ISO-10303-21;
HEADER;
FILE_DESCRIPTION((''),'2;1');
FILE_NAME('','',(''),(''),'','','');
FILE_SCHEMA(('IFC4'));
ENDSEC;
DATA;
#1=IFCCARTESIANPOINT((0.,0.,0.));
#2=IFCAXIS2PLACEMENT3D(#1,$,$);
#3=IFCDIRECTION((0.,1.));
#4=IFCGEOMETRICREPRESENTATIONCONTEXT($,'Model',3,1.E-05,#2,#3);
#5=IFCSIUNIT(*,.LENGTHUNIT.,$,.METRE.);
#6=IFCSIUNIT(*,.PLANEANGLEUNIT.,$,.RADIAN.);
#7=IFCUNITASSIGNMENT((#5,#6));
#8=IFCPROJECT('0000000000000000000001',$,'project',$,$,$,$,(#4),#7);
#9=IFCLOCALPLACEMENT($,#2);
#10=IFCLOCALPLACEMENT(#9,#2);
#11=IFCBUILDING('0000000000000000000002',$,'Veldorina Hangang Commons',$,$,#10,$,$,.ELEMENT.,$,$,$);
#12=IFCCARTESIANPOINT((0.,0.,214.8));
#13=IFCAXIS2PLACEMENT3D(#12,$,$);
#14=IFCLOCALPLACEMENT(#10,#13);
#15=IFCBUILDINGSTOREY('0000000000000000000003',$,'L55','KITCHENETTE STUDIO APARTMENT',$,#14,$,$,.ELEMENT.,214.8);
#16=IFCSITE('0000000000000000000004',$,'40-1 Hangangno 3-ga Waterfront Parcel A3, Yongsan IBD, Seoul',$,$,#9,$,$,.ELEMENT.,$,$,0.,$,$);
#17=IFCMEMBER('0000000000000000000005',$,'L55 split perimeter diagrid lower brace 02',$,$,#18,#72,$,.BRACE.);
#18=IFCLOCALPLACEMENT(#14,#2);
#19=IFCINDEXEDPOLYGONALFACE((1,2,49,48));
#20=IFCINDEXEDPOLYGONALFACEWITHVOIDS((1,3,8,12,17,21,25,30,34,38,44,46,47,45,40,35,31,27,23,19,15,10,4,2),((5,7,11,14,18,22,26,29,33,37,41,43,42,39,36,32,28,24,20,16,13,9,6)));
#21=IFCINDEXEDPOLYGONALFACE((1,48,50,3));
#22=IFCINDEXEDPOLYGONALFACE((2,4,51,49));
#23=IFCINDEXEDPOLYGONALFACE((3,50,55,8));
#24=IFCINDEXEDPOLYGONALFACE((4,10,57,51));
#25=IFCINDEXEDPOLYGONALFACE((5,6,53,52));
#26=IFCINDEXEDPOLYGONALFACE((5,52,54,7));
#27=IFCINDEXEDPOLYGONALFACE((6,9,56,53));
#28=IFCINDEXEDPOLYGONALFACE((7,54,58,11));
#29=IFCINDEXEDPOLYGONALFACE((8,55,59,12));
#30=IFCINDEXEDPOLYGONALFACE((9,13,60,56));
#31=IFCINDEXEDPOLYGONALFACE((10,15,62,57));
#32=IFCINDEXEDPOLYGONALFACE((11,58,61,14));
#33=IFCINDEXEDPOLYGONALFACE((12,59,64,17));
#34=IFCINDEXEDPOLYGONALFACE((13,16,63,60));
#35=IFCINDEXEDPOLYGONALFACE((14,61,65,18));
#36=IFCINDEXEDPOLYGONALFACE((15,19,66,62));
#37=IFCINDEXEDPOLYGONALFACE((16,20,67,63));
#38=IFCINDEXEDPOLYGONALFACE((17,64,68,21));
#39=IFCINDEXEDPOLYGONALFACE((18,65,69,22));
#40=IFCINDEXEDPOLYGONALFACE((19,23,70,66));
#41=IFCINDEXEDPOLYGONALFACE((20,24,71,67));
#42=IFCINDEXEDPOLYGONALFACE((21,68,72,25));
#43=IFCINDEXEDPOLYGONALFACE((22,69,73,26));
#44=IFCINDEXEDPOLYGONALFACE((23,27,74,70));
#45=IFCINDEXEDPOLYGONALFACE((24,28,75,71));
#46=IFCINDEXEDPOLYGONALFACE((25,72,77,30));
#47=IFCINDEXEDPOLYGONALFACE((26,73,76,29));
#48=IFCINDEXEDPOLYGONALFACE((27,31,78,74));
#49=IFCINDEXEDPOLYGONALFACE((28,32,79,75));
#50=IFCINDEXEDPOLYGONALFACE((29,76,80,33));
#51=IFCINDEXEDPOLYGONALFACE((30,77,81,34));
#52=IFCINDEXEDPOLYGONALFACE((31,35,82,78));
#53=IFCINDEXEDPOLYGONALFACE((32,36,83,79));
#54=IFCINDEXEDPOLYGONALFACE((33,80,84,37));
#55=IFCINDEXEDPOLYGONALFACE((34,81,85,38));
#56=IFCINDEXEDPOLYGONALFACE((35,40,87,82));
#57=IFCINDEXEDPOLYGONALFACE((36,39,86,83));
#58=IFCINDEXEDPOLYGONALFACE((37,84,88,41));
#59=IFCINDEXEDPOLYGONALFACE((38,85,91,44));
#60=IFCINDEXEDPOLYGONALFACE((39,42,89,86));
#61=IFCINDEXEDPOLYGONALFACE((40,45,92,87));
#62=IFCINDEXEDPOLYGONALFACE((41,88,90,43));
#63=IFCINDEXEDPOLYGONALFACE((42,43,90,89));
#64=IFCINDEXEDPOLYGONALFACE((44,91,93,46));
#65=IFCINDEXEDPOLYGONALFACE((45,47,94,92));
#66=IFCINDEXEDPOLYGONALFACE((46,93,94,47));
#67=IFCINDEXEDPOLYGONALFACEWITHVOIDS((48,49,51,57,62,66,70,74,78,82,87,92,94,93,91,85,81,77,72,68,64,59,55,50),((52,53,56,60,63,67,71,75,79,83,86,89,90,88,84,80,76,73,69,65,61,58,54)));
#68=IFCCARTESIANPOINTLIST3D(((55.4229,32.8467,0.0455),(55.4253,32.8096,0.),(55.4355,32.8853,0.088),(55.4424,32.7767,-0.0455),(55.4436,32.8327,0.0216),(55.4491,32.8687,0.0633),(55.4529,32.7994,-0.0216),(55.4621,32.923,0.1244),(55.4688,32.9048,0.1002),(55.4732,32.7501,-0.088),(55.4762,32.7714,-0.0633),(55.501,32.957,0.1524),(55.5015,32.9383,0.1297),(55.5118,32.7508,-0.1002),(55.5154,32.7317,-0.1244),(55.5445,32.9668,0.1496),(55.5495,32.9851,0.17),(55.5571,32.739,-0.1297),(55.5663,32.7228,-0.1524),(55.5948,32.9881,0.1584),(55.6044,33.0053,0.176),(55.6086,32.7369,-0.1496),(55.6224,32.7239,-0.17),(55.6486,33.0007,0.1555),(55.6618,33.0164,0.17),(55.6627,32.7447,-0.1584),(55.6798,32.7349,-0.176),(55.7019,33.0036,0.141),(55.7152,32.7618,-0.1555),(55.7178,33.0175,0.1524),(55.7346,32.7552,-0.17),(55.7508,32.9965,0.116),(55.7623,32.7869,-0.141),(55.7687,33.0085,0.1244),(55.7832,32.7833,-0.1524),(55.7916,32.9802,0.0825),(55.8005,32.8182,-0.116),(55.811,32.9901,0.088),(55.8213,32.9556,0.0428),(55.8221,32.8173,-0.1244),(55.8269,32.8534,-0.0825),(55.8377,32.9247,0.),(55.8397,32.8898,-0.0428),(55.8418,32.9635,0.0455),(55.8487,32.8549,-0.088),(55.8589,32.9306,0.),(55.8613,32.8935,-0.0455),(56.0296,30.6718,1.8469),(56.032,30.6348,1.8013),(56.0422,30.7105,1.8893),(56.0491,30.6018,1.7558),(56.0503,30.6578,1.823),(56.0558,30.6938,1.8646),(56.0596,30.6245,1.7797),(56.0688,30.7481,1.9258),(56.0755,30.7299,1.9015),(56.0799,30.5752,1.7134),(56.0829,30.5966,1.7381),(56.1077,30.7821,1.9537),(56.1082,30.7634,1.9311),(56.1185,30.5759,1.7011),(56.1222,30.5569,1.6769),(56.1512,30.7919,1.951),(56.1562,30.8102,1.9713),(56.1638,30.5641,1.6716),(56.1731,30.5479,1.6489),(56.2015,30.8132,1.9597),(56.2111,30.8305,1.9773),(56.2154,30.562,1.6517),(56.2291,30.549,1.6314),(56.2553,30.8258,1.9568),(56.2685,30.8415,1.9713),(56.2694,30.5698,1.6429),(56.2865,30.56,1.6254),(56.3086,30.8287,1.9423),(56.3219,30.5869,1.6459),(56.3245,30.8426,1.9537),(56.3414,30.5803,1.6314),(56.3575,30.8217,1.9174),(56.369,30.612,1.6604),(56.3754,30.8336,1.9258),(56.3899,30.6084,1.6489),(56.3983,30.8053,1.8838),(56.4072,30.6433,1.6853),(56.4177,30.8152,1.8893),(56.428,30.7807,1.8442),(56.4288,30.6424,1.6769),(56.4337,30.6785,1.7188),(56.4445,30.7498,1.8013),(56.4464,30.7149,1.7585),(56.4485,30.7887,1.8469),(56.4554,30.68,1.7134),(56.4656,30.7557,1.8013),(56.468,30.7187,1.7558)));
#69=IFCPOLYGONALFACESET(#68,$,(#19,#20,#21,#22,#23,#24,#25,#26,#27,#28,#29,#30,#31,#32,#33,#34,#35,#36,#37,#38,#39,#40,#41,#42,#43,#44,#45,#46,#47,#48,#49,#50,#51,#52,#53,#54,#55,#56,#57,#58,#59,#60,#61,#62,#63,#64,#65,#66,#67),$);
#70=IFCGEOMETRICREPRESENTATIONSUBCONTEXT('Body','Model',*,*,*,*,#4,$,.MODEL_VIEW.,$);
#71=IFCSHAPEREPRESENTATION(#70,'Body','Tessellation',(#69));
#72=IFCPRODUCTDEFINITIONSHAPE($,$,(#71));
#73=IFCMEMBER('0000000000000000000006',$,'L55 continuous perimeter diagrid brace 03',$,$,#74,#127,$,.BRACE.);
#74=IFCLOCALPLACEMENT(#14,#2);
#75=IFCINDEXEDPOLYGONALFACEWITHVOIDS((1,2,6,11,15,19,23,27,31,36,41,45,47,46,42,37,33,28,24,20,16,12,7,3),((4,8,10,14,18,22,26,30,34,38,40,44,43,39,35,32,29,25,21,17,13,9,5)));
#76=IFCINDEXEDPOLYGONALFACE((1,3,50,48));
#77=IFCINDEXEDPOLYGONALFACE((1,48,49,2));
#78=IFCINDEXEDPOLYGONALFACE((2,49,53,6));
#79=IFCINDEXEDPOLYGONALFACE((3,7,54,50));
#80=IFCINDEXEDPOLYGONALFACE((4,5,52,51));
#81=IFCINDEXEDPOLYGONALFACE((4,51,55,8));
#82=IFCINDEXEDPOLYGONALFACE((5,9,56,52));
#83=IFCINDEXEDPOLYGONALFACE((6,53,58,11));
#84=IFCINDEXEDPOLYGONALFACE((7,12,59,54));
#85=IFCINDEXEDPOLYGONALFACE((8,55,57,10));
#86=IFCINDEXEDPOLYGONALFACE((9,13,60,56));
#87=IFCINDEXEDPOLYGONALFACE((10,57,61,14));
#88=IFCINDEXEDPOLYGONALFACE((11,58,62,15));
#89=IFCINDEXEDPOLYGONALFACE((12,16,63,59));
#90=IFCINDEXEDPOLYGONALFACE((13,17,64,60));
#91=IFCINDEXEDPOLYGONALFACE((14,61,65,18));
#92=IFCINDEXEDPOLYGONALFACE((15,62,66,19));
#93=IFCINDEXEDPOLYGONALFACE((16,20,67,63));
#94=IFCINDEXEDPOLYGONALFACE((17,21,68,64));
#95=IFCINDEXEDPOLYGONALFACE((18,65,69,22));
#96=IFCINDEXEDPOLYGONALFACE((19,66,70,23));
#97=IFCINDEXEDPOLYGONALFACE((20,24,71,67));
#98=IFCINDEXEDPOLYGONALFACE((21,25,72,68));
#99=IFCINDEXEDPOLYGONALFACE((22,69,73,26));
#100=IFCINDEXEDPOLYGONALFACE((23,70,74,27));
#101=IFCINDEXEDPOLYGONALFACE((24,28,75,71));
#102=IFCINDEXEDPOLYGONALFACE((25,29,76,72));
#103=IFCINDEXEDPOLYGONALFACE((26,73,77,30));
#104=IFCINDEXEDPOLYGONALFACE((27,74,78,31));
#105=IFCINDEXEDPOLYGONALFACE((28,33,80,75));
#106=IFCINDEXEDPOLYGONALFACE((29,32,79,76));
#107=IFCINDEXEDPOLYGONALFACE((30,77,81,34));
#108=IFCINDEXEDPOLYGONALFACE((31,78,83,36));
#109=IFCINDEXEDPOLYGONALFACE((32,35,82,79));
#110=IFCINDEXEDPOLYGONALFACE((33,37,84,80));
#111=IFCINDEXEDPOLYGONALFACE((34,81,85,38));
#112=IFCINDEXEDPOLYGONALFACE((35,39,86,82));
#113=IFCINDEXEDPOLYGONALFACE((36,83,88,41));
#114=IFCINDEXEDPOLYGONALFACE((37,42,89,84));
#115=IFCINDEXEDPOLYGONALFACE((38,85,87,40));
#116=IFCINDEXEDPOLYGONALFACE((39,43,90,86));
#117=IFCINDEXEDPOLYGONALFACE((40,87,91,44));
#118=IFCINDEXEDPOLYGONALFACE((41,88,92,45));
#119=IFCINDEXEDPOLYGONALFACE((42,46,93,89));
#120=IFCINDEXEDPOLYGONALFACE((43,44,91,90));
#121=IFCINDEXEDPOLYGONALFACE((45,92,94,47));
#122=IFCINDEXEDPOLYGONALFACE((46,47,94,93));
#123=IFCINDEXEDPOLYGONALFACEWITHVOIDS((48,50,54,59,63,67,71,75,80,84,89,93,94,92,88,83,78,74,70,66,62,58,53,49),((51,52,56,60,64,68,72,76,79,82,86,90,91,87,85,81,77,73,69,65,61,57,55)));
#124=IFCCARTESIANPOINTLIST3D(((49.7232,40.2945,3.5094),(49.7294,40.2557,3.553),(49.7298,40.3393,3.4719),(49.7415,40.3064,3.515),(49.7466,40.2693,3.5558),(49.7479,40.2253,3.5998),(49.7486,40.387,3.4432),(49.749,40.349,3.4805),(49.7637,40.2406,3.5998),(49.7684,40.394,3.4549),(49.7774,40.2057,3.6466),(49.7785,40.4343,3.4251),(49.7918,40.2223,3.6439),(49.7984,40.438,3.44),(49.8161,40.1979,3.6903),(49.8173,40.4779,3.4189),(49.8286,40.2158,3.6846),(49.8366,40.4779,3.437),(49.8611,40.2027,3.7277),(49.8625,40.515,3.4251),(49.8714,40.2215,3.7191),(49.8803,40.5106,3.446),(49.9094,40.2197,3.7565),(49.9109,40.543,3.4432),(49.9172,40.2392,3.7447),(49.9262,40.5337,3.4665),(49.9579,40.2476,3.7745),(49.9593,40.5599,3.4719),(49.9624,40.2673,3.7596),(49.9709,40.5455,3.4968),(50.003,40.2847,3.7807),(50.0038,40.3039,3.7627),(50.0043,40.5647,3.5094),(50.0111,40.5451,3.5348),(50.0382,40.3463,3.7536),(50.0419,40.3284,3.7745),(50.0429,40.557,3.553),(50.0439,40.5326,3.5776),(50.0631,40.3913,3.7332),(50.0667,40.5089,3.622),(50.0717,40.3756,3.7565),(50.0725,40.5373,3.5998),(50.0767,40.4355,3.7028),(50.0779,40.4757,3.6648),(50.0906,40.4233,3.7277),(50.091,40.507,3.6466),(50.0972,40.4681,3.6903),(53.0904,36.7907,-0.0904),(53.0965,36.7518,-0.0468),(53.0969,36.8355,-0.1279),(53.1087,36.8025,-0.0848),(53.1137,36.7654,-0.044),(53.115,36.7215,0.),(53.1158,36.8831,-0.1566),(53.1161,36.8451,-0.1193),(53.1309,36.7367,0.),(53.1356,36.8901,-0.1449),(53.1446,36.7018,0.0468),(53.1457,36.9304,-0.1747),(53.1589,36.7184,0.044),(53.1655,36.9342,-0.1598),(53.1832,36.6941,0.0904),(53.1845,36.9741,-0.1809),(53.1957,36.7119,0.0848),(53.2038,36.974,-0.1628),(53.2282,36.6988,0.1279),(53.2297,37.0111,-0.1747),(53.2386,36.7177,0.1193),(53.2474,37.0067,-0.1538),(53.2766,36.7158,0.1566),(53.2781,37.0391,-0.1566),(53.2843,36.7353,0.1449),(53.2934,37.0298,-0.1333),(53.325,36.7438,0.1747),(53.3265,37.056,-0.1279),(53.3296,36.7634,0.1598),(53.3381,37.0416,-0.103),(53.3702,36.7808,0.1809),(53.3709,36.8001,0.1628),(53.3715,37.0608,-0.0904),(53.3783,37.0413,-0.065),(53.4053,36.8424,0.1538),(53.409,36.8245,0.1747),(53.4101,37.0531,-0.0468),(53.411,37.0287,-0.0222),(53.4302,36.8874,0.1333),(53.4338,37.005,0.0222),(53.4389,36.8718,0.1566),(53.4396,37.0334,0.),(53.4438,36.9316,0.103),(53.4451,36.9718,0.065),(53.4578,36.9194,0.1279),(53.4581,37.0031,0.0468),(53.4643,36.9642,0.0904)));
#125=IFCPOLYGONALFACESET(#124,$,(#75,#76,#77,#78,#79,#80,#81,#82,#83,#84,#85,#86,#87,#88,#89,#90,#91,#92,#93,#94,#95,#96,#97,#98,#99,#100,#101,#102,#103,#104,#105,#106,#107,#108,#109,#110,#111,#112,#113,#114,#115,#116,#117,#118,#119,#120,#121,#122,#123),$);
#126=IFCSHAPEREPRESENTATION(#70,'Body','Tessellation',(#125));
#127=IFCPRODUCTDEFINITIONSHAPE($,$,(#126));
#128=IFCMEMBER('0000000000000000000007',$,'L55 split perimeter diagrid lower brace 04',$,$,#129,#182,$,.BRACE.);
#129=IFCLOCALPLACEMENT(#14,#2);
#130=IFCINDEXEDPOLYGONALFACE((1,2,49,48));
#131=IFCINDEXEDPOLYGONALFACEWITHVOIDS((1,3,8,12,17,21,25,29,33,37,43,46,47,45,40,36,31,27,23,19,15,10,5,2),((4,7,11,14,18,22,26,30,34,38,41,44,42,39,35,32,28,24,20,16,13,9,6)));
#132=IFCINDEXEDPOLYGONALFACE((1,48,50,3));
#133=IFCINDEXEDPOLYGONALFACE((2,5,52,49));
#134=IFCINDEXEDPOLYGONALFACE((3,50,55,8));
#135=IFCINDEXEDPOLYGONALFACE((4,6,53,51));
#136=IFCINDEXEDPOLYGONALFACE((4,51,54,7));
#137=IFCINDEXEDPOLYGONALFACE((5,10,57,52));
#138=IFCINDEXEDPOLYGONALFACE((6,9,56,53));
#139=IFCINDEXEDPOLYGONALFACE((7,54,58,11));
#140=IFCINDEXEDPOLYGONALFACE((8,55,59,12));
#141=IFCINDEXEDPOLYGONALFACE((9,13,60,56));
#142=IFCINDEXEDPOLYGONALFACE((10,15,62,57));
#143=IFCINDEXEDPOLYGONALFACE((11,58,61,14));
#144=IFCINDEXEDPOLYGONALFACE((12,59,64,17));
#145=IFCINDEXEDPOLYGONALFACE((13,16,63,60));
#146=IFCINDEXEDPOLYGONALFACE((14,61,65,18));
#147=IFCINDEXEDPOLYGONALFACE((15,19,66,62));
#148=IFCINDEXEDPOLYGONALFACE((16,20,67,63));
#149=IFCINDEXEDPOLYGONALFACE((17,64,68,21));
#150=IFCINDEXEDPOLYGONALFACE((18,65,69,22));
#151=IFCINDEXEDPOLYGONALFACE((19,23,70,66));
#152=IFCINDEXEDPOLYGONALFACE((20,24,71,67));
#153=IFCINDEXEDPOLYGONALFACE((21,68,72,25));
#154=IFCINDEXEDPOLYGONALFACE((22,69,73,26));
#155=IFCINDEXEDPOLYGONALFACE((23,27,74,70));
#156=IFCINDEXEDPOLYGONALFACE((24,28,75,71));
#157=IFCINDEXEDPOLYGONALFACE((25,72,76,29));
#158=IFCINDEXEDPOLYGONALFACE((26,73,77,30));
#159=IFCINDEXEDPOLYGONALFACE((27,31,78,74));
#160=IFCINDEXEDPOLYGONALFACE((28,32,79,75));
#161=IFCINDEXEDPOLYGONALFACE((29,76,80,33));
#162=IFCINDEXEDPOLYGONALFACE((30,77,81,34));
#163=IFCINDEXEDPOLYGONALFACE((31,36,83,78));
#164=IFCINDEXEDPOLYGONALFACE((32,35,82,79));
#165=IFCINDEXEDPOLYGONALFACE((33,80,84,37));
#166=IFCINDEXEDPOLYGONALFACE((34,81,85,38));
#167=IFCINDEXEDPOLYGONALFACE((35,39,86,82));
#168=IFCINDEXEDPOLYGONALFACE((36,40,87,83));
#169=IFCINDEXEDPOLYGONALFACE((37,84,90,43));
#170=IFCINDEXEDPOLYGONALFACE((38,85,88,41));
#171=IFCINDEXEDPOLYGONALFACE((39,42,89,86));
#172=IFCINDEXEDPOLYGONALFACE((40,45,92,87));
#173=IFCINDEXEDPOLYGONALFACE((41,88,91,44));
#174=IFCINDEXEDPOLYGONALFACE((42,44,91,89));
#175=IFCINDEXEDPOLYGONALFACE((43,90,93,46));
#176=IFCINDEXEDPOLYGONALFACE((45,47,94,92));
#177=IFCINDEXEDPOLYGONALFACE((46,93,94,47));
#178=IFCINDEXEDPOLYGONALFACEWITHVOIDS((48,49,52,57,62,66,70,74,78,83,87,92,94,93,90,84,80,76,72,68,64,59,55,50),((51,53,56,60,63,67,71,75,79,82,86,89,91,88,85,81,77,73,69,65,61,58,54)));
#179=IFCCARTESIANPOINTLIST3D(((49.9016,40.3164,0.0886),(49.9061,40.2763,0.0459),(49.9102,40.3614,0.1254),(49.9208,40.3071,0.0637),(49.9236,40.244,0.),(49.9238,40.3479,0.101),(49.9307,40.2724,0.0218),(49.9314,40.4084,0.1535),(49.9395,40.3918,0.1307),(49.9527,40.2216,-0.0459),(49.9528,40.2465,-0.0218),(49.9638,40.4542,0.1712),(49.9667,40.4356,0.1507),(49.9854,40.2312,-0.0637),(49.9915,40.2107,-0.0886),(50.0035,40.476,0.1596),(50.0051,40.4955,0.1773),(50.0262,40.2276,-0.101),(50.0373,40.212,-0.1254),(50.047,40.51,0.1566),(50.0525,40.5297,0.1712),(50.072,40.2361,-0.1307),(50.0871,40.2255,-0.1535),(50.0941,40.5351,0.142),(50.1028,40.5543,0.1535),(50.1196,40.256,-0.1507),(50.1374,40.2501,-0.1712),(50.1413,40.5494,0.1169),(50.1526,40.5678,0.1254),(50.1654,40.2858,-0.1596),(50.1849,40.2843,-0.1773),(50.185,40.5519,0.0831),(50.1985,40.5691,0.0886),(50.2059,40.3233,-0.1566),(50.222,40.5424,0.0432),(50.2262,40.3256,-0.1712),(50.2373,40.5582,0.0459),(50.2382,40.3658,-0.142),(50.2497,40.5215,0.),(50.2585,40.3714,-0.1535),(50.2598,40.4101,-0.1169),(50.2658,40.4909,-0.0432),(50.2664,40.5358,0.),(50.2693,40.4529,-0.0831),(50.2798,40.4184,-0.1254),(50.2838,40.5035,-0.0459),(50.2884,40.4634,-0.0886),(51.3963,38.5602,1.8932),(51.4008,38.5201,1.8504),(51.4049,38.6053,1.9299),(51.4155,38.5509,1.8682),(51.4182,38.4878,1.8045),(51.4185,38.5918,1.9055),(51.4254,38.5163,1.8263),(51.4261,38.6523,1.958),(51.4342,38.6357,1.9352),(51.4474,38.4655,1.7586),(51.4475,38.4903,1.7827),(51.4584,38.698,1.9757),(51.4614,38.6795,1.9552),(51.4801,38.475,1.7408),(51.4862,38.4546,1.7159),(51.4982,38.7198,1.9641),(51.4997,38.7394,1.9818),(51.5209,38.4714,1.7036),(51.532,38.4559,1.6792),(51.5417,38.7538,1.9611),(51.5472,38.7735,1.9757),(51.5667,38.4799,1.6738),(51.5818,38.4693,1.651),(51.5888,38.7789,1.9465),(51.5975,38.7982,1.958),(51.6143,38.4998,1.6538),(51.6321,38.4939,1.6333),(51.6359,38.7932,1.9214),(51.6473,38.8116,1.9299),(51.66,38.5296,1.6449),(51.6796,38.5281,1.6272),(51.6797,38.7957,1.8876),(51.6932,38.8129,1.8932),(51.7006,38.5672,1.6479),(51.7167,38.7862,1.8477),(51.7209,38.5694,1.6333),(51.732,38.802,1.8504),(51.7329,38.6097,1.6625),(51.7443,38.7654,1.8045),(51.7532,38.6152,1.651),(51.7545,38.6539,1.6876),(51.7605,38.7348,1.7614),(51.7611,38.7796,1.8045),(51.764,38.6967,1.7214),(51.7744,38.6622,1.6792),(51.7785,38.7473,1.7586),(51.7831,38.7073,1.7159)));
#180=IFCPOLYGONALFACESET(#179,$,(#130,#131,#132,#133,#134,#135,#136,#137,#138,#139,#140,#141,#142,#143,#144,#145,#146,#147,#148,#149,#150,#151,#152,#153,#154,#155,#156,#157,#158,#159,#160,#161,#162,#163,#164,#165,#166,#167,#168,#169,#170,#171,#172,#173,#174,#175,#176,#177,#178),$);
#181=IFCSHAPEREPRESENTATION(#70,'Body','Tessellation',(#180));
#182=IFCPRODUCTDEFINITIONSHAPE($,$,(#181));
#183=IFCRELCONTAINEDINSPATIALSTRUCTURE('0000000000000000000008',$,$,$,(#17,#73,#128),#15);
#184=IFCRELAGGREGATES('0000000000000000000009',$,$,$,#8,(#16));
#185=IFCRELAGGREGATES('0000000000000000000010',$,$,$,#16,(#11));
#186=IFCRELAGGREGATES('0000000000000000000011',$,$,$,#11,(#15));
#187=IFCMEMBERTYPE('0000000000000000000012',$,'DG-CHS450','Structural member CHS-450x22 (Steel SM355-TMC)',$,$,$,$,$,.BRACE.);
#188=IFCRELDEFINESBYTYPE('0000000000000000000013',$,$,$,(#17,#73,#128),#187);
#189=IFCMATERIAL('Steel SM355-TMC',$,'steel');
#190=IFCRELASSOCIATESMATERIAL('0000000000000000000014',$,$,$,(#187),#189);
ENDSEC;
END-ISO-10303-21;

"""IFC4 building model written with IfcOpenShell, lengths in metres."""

from ifc_helpers import new_model, si_unit, direction, frame, origin, origin_2d, place, context, subcontext, project, spatial, hollow_circle, extrude, material, material_profile, profile_set, type_object, element, save


model = new_model("IFC4")

# Units and contexts
model_context = context("Model", 3, precision=1e-05, world=origin(), true_north=direction((0.0, 1.0)))
body_context = subcontext(model_context, "Body", "Model", "MODEL_VIEW")
ifc_project = project(units=[si_unit("LENGTHUNIT", "METRE"), si_unit("PLANEANGLEUNIT", "RADIAN")], contexts=[model_context])

# Site, building, storey
site_placement = place(None, origin())
site = spatial("IfcSite", under=ifc_project, at=site_placement, Name="40-1 Hangangno 3-ga Waterfront Parcel A3, Yongsan IBD, Seoul", CompositionType="ELEMENT", RefElevation=0.0)
building_placement = place(site_placement, origin())
building = spatial("IfcBuilding", under=site, at=building_placement, Name="Veldorina Hangang Commons", CompositionType="ELEMENT")
storey_placement = place(building_placement, frame((0.0, 0.0, 214.8)))
storey = spatial("IfcBuildingStorey", under=building, at=storey_placement, Name="L55", Description="KITCHENETTE STUDIO APARTMENT", CompositionType="ELEMENT", Elevation=214.8)

# Shared definitions
ifc_material_1 = material(Name="Steel SM355-TMC", Category="steel")

# Members
ifc_material_profile_1 = material_profile(ifc_material_1, hollow_circle(Radius=0.2251, WallThickness=0.022, at=origin_2d()), Name="CHS-450x22")
ifc_profile_set_1 = profile_set([ifc_material_profile_1], Name="Steel SM355-TMC")
member_type_1 = type_object("IfcMemberType", Name="DG-CHS450", Description="Structural member CHS-450x22 (Steel SM355-TMC)", PredefinedType="BRACE", material=ifc_profile_set_1)
member_1_placement = place(storey_placement, frame((55.6421, 32.8701, 0.0), z_axis=(0.210049, -0.752964, 0.623638), x_axis=(0.963223, 0.268703, 0.0)))
element("IfcMember", 1, at=member_1_placement, inside=storey, type_object=member_type_1, Name="L55 split perimeter diagrid lower brace 02", PredefinedType="BRACE", context=body_context, shape_type="SweptSolid", body=[
    extrude(hollow_circle(Radius=0.2251, WallThickness=0.022, at=origin_2d()), origin(), (0.0, 0.0, 1.0), 2.8884),
])
member_2_placement = place(storey_placement, frame((53.2773, 36.8774, 0.0), z_axis=(-0.556775, 0.579382, 0.595247), x_axis=(-0.721034, -0.6929, 0.0)))
element("IfcMember", 2, at=member_2_placement, inside=storey, type_object=member_type_1, Name="L55 continuous perimeter diagrid brace 03", PredefinedType="BRACE", context=body_context, shape_type="SweptSolid", body=[
    extrude(hollow_circle(Radius=0.2251, WallThickness=0.022, at=origin_2d()), origin(), (0.0, 0.0, 1.0), 6.0476),
])
member_3_placement = place(storey_placement, frame((50.095, 40.3899, 0.0), z_axis=(0.510441, -0.59974, 0.616248), x_axis=(0.761524, 0.648137, 0.0)))
element("IfcMember", 3, at=member_3_placement, inside=storey, type_object=member_type_1, Name="L55 split perimeter diagrid lower brace 04", PredefinedType="BRACE", context=body_context, shape_type="SweptSolid", body=[
    extrude(hollow_circle(Radius=0.2251, WallThickness=0.022, at=origin_2d()), origin(), (0.0, 0.0, 1.0), 2.9282),
])

save(model, "model.ifc")
